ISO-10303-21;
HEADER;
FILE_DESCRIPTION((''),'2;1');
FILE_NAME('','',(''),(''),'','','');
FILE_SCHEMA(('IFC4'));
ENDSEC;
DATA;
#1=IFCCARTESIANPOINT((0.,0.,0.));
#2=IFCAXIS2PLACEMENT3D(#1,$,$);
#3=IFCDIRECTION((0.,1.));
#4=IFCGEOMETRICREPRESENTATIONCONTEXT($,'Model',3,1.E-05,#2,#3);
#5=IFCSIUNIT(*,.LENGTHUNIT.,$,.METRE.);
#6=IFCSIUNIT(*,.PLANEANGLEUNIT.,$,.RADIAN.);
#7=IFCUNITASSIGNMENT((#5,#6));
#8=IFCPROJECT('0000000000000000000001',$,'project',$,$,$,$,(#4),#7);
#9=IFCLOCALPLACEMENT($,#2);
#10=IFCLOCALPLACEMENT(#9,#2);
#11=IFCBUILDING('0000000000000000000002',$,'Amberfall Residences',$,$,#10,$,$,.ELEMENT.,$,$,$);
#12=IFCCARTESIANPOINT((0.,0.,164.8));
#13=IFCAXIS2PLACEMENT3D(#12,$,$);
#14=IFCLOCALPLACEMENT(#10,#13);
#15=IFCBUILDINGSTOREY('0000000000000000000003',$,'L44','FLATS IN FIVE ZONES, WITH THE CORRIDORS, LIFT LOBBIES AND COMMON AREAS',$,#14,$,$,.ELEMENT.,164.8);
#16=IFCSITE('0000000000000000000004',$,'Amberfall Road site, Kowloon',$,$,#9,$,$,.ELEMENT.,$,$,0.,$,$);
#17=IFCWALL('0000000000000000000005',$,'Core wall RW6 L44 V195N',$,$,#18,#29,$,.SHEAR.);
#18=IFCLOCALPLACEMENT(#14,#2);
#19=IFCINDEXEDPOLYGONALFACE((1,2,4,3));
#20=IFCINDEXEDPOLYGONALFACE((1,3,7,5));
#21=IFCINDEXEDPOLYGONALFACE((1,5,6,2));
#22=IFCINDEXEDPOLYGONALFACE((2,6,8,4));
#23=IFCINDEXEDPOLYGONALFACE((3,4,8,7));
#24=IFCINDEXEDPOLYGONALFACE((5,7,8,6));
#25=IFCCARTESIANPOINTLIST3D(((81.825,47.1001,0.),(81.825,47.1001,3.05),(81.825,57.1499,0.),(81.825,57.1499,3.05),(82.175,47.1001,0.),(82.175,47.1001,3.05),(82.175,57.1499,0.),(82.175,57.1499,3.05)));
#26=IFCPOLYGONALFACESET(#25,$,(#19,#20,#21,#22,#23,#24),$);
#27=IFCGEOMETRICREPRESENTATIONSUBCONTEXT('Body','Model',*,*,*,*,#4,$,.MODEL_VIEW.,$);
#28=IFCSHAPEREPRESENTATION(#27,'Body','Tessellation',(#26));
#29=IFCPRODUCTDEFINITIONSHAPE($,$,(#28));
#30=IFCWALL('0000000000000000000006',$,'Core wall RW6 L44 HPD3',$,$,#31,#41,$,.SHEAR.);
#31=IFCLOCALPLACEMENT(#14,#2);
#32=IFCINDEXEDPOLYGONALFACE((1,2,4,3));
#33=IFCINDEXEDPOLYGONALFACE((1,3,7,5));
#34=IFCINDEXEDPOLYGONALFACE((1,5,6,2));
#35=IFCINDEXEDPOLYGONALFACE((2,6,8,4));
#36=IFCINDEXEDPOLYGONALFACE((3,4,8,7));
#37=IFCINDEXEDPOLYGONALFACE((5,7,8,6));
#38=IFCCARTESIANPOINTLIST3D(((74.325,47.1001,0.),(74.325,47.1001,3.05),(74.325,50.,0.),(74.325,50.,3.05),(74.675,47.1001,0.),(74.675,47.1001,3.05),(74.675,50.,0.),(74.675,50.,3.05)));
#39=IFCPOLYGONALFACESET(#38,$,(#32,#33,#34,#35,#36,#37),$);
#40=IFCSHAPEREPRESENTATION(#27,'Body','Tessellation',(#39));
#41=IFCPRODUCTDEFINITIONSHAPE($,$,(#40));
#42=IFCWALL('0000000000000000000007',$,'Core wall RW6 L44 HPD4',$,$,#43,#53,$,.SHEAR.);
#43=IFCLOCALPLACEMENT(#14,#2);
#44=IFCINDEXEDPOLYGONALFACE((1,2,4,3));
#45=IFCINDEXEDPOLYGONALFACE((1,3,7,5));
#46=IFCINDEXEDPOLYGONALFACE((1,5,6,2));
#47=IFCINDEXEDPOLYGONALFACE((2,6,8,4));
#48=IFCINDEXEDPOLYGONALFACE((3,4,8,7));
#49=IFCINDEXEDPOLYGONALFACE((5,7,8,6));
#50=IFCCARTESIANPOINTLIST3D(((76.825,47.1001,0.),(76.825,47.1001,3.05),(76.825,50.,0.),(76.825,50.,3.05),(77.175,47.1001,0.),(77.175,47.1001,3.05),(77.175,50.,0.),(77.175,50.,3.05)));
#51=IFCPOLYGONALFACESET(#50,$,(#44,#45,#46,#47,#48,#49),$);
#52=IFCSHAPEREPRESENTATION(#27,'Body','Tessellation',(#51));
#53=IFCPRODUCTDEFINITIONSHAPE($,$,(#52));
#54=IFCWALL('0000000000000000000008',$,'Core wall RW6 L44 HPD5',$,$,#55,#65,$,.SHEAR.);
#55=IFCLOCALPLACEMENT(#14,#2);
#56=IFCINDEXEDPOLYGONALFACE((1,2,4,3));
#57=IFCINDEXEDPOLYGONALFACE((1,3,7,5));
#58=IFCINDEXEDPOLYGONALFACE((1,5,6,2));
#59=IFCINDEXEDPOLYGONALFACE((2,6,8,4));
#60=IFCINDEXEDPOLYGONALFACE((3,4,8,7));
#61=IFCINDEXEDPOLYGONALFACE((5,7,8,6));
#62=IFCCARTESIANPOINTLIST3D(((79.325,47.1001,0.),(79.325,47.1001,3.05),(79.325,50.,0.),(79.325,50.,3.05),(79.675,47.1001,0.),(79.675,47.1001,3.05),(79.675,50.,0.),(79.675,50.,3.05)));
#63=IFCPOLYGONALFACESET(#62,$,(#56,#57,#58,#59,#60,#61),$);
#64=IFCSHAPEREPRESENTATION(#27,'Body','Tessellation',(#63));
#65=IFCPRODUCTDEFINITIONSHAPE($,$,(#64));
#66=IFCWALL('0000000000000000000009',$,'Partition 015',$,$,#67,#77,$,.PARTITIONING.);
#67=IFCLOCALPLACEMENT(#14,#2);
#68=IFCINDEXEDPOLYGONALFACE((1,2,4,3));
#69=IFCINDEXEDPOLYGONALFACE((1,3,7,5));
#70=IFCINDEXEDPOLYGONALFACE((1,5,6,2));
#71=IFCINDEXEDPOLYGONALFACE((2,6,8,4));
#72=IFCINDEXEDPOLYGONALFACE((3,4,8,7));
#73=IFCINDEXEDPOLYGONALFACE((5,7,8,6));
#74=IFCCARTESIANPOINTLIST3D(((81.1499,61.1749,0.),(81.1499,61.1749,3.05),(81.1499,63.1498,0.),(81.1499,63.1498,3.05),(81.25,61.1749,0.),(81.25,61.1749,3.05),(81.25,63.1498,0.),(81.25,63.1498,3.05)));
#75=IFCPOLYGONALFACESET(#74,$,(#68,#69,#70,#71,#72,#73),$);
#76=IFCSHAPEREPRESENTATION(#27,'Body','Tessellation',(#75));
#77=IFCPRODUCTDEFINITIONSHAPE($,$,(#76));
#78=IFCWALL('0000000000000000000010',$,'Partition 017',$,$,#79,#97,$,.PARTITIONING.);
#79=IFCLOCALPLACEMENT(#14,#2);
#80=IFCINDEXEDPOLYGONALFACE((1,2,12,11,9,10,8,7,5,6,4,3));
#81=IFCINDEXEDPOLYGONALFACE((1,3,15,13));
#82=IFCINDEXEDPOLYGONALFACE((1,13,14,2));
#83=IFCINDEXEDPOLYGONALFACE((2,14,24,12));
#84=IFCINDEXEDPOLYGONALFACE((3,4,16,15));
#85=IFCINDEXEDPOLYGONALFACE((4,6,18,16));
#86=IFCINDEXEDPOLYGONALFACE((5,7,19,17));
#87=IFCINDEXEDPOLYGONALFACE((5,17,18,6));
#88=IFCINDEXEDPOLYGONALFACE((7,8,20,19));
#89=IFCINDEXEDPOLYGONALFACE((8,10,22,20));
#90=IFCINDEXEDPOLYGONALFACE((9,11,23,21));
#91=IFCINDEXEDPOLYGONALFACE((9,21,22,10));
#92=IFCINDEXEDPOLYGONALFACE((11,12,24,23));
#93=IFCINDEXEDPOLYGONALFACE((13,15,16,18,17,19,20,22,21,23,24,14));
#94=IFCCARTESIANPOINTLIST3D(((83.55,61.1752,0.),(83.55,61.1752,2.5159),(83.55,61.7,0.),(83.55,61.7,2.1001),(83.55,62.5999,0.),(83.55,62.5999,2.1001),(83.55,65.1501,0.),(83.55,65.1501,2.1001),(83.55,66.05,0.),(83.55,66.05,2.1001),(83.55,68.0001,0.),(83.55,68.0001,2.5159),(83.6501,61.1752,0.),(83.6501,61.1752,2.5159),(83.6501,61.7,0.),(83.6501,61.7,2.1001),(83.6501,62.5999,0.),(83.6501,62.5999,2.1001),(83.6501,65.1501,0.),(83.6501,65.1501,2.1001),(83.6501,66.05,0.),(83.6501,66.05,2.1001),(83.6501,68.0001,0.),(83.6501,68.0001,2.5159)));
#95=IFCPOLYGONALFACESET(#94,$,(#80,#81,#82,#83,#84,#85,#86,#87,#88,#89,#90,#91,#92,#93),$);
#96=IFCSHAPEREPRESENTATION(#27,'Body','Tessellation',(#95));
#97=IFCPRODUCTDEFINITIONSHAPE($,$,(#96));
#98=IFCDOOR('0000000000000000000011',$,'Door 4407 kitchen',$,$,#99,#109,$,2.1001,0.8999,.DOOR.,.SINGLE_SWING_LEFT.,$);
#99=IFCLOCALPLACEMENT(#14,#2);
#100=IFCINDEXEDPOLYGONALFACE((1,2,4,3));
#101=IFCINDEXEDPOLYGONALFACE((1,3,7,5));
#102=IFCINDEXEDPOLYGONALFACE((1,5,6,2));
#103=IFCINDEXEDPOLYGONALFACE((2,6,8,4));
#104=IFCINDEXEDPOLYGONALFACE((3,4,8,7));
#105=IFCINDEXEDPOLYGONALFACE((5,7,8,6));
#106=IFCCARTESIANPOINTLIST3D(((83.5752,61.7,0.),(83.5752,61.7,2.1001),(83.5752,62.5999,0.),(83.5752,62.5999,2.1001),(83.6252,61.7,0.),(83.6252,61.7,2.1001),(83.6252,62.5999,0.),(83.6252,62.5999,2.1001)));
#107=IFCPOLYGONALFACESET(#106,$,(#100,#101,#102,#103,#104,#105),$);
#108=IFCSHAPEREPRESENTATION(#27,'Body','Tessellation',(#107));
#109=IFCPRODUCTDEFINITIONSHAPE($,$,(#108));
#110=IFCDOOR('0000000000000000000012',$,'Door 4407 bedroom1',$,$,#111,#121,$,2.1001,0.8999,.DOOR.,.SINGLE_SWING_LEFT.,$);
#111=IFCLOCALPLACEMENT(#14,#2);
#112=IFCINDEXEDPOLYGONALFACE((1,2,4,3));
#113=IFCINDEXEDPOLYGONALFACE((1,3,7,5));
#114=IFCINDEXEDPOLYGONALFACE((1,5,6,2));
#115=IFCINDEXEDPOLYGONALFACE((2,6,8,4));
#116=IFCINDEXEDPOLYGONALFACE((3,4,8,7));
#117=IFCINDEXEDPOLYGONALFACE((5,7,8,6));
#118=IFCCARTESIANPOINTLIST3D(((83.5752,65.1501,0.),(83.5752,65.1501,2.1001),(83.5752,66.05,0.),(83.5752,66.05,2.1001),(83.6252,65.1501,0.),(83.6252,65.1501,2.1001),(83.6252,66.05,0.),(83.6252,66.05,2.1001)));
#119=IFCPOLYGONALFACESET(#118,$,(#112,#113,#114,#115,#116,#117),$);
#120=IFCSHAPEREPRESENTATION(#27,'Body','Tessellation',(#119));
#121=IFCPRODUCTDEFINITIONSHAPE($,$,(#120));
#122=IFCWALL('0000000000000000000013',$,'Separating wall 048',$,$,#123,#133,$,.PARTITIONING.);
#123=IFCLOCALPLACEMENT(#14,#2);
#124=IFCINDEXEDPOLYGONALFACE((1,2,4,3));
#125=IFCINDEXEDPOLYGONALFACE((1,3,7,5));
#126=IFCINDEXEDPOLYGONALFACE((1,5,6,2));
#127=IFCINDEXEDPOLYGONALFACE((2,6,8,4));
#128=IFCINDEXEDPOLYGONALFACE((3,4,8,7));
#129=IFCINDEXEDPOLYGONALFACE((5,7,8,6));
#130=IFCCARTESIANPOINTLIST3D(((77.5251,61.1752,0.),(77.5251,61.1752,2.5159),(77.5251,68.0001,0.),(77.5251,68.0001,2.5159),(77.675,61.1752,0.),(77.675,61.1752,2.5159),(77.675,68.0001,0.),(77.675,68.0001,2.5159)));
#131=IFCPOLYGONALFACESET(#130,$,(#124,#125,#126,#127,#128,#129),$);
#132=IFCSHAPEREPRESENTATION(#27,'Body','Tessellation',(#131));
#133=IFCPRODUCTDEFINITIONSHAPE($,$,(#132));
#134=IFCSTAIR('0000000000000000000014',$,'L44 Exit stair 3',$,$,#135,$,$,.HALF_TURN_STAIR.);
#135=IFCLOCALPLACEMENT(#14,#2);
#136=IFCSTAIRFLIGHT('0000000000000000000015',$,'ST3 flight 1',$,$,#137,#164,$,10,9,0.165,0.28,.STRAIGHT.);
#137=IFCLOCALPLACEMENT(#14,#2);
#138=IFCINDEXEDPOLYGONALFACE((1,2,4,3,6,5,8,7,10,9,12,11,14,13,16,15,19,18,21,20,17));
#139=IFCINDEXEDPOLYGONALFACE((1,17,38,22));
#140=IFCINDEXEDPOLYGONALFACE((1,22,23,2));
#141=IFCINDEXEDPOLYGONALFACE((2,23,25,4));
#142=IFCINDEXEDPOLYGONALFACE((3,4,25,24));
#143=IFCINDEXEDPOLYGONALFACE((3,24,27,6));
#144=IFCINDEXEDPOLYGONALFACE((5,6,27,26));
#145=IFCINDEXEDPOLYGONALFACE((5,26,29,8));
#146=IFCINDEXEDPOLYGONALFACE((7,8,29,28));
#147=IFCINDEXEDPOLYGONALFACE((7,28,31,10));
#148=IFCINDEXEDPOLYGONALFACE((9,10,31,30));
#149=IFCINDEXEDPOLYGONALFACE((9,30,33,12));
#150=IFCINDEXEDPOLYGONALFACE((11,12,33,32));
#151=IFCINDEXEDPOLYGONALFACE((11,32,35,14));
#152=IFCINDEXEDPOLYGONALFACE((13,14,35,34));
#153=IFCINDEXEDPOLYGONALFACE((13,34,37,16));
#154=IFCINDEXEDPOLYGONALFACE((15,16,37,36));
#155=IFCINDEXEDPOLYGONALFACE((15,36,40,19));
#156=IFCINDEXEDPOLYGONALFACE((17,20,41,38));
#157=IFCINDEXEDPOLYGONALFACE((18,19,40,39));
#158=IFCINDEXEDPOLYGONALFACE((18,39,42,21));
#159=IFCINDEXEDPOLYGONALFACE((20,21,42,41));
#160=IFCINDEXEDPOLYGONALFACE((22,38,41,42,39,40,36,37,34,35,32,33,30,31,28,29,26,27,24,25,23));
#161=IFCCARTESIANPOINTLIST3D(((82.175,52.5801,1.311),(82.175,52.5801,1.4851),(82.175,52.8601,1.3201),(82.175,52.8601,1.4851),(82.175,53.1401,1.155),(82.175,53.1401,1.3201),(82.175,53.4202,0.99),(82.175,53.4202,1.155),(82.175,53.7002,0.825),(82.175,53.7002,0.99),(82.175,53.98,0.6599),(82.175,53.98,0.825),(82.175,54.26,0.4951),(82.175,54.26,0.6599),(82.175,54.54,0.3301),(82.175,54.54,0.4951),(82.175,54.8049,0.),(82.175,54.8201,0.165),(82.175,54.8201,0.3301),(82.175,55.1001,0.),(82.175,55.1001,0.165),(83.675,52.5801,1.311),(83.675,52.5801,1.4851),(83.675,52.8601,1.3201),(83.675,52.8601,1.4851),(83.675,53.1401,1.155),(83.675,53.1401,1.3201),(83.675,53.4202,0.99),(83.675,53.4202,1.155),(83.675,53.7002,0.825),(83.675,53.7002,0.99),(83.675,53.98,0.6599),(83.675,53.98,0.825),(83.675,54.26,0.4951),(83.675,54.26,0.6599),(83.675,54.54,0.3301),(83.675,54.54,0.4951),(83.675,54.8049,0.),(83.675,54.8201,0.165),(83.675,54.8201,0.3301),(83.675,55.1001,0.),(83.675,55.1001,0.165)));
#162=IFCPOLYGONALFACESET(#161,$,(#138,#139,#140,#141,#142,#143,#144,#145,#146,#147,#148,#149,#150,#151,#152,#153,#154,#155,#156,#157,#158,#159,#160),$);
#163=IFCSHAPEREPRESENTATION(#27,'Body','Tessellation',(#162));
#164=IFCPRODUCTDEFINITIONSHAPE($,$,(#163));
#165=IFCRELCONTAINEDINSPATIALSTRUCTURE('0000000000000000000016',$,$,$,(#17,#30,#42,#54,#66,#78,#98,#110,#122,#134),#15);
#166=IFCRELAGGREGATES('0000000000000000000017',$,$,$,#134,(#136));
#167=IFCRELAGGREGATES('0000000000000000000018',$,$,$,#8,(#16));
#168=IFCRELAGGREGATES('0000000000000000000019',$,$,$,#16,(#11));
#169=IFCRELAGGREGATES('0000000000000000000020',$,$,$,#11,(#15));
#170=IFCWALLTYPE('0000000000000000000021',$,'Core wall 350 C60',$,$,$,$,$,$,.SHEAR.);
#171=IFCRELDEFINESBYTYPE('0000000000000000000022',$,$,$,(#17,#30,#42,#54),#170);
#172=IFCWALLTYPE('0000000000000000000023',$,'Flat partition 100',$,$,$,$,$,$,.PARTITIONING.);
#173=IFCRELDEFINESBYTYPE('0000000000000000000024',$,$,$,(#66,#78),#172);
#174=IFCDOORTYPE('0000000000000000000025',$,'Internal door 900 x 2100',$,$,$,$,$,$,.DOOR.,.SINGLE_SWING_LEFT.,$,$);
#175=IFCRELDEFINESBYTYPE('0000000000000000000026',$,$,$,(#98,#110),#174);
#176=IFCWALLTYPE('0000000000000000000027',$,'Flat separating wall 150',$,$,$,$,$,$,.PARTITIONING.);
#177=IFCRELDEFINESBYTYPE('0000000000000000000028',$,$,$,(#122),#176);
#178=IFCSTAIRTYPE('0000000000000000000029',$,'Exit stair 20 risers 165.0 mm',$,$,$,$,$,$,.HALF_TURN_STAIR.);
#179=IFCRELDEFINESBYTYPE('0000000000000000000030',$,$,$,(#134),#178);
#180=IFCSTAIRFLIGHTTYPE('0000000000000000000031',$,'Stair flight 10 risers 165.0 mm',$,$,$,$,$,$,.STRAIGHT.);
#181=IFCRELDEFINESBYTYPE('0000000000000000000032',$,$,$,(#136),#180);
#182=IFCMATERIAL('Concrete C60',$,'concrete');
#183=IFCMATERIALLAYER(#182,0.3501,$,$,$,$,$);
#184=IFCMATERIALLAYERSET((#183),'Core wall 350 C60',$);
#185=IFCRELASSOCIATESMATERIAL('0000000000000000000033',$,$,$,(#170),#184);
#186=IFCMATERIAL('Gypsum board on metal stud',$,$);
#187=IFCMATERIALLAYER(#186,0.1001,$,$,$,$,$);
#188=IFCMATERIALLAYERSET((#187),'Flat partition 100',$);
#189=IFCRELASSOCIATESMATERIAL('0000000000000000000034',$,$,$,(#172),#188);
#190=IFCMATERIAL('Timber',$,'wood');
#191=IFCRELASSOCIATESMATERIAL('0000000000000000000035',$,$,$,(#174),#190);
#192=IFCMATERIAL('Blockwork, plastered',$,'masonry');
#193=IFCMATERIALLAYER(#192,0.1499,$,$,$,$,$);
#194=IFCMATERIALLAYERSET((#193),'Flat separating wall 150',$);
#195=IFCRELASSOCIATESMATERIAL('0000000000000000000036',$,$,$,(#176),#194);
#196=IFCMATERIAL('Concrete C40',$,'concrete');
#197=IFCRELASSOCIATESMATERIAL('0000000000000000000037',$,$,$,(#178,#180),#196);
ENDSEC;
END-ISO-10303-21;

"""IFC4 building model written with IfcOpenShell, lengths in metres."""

from ifc_helpers import new_model, si_unit, direction, frame, frame_2d, origin, place, context, subcontext, project, spatial, polyline, rectangle, outline, extrude, material, layer, layer_set, type_object, element, fill, aggregate, save


model = new_model("IFC4")

# Units and contexts
model_context = context("Model", 3, precision=1e-05, world=origin(), true_north=direction((0.0, 1.0)))
body_context = subcontext(model_context, "Body", "Model", "MODEL_VIEW")
ifc_project = project(units=[si_unit("LENGTHUNIT", "METRE"), si_unit("PLANEANGLEUNIT", "RADIAN")], contexts=[model_context])

# Site, building, storey
site_placement = place(None, origin())
site = spatial("IfcSite", under=ifc_project, at=site_placement, Name="Amberfall Road site, Kowloon", CompositionType="ELEMENT", RefElevation=0.0)
building_placement = place(site_placement, origin())
building = spatial("IfcBuilding", under=site, at=building_placement, Name="Amberfall Residences", CompositionType="ELEMENT")
storey_placement = place(building_placement, frame((0.0, 0.0, 164.8)))
storey = spatial("IfcBuildingStorey", under=building, at=storey_placement, Name="L44", Description="FLATS IN FIVE ZONES, WITH THE CORRIDORS, LIFT LOBBIES AND COMMON AREAS", CompositionType="ELEMENT", Elevation=164.8)

# Walls
ifc_material_1 = material(Name="Concrete C60", Category="concrete")
ifc_layer_1 = layer(ifc_material_1, 0.3501)
ifc_layer_set_1 = layer_set([ifc_layer_1], Name="Core wall 350 C60")
wall_type_1 = type_object("IfcWallType", Name="Core wall 350 C60", PredefinedType="SHEAR", material=ifc_layer_set_1)
wall_1_placement = place(storey_placement, frame((82.0, 47.1001, 0.0), z_axis=(0.0, 0.0, 1.0), x_axis=(0.0, 1.0, 0.0)))
element("IfcWall", 1, at=wall_1_placement, inside=storey, type_object=wall_type_1, Name="Core wall RW6 L44 V195N", PredefinedType="SHEAR", context=body_context, shape_type="SweptSolid", body=[
    extrude(rectangle(XDim=10.0498, YDim=0.3501, at=frame_2d((5.0249, 0.0))), origin(), (0.0, 0.0, 1.0), 3.05),
])
for number, where, z_axis, x_axis, name in (
    (2, (74.5, 47.1001, 0.0), (0.0, 0.0, 1.0), (0.0, 1.0, 0.0), "Core wall RW6 L44 HPD3"),
    (3, (77.0, 47.1001, 0.0), (0.0, 0.0, 1.0), (0.0, 1.0, 0.0), "Core wall RW6 L44 HPD4"),
    (4, (79.5, 47.1001, 0.0), (0.0, 0.0, 1.0), (0.0, 1.0, 0.0), "Core wall RW6 L44 HPD5"),
):
    element("IfcWall", number, at=place(storey_placement, frame(where, z_axis=z_axis, x_axis=x_axis)), inside=storey, type_object=wall_type_1, Name=name, PredefinedType="SHEAR", context=body_context, shape_type="SweptSolid", body=[
        extrude(rectangle(XDim=2.8999, YDim=0.3501, at=frame_2d((1.45, 0.0))), origin(), (0.0, 0.0, 1.0), 3.05),
    ])
ifc_material_2 = material(Name="Gypsum board on metal stud")
ifc_layer_2 = layer(ifc_material_2, 0.1001)
ifc_layer_set_2 = layer_set([ifc_layer_2], Name="Flat partition 100")
wall_type_2 = type_object("IfcWallType", Name="Flat partition 100", PredefinedType="PARTITIONING", material=ifc_layer_set_2)
wall_2_placement = place(storey_placement, frame((81.2, 61.175, 0.0), z_axis=(0.0, 0.0, 1.0), x_axis=(0.0, 1.0, 0.0)))
element("IfcWall", 5, at=wall_2_placement, inside=storey, type_object=wall_type_2, Name="Partition 015", PredefinedType="PARTITIONING", context=body_context, shape_type="SweptSolid", body=[
    extrude(rectangle(XDim=1.9749, YDim=0.1001, at=frame_2d((0.9873, 0.0))), origin(), (0.0, 0.0, 1.0), 3.05),
])

# Wall, openings, doors
wall_3_placement = place(storey_placement, frame((83.6001, 61.175, 0.0), z_axis=(0.0, 0.0, 1.0), x_axis=(0.0, 1.0, 0.0)))
wall_3 = element("IfcWall", 6, at=wall_3_placement, inside=storey, type_object=wall_type_2, Name="Partition 017", PredefinedType="PARTITIONING", context=body_context, shape_type="SweptSolid", body=[
    extrude(rectangle(XDim=6.825, YDim=0.1001, at=frame_2d((3.4126, 0.0))), origin(), (0.0, 0.0, 1.0), 2.5159),
])
opening_1_placement = place(wall_3_placement, frame((0.5249, 0.0, 0.0)))
opening_1 = element("IfcOpeningElement", 7, at=opening_1_placement, cuts=wall_3, PredefinedType="OPENING", context=body_context, shape_type="SweptSolid", body=[
    extrude(rectangle(XDim=0.8999, YDim=2.1001, at=frame_2d((0.45, 1.05))), frame((0.0, 0.0601, 0.0), z_axis=(0.0, -1.0, 0.0), x_axis=(1.0, 0.0, 0.0)), (0.0, 0.0, 1.0), 0.1201),
])
opening_2_placement = place(wall_3_placement, frame((3.9751, 0.0, 0.0)))
opening_2 = element("IfcOpeningElement", 8, at=opening_2_placement, cuts=wall_3, PredefinedType="OPENING", context=body_context, shape_type="SweptSolid", body=[
    extrude(rectangle(XDim=0.8999, YDim=2.1001, at=frame_2d((0.45, 1.05))), frame((0.0, 0.0601, 0.0), z_axis=(0.0, -1.0, 0.0), x_axis=(1.0, 0.0, 0.0)), (0.0, 0.0, 1.0), 0.1201),
])
ifc_material_3 = material(Name="Timber", Category="wood")
door_type = type_object("IfcDoorType", Name="Internal door 900 x 2100", OperationType="SINGLE_SWING_LEFT", PredefinedType="DOOR", material=ifc_material_3)
door_1_placement = place(opening_1_placement, origin())
door_1 = element("IfcDoor", 9, at=door_1_placement, inside=storey, type_object=door_type, Name="Door 4407 kitchen", OperationType="SINGLE_SWING_LEFT", OverallHeight=2.1001, OverallWidth=0.8999, PredefinedType="DOOR", context=body_context, shape_type="SweptSolid", body=[
    extrude(rectangle(XDim=0.8999, YDim=2.1001, at=frame_2d((0.45, 1.05))), frame((0.0, 0.0249, 0.0), z_axis=(0.0, -1.0, 0.0), x_axis=(1.0, 0.0, 0.0)), (0.0, 0.0, 1.0), 0.05),
])
fill(opening_1, door_1)
door_2_placement = place(opening_2_placement, origin())
door_2 = element("IfcDoor", 10, at=door_2_placement, inside=storey, type_object=door_type, Name="Door 4407 bedroom1", OperationType="SINGLE_SWING_LEFT", OverallHeight=2.1001, OverallWidth=0.8999, PredefinedType="DOOR", context=body_context, shape_type="SweptSolid", body=[
    extrude(rectangle(XDim=0.8999, YDim=2.1001, at=frame_2d((0.45, 1.05))), frame((0.0, 0.0249, 0.0), z_axis=(0.0, -1.0, 0.0), x_axis=(1.0, 0.0, 0.0)), (0.0, 0.0, 1.0), 0.05),
])
fill(opening_2, door_2)

# Wall
ifc_material_4 = material(Name="Blockwork, plastered", Category="masonry")
ifc_layer_3 = layer(ifc_material_4, 0.1499)
ifc_layer_set_3 = layer_set([ifc_layer_3], Name="Flat separating wall 150")
wall_type_3 = type_object("IfcWallType", Name="Flat separating wall 150", PredefinedType="PARTITIONING", material=ifc_layer_set_3)
wall_4_placement = place(storey_placement, frame((77.6001, 61.175, 0.0), z_axis=(0.0, 0.0, 1.0), x_axis=(0.0, 1.0, 0.0)))
element("IfcWall", 11, at=wall_4_placement, inside=storey, type_object=wall_type_3, Name="Separating wall 048", PredefinedType="PARTITIONING", context=body_context, shape_type="SweptSolid", body=[
    extrude(rectangle(XDim=6.825, YDim=0.1499, at=frame_2d((3.4126, 0.0))), origin(), (0.0, 0.0, 1.0), 2.5159),
])

# Stair, stair flight
ifc_material_5 = material(Name="Concrete C40", Category="concrete")
stair_type = type_object("IfcStairType", Name="Exit stair 20 risers 165.0 mm", PredefinedType="HALF_TURN_STAIR", material=ifc_material_5)
stair_placement = place(storey_placement, origin())
stair = element("IfcStair", 12, at=stair_placement, inside=storey, type_object=stair_type, Name="L44 Exit stair 3", PredefinedType="HALF_TURN_STAIR")
stair_flight_type = type_object("IfcStairFlightType", Name="Stair flight 10 risers 165.0 mm", PredefinedType="STRAIGHT", material=ifc_material_5)
stair_flight_1_placement = place(storey_placement, frame((82.925, 55.1001, 0.0), z_axis=(0.0, 0.0, 1.0), x_axis=(0.0, -1.0, 0.0)))
stair_flight_1 = element("IfcStairFlight", 13, at=stair_flight_1_placement, type_object=stair_flight_type, Name="ST3 flight 1", NumberOfRisers=10, NumberOfTreads=9, PredefinedType="STRAIGHT", RiserHeight=0.165, TreadLength=0.28, context=body_context, shape_type="SweptSolid", body=[
    extrude(outline(polyline([(0.0, 0.0), (0.0, 0.165), (0.28, 0.165), (0.28, 0.3301), (0.5601, 0.3301), (0.5601, 0.4951), (0.8401, 0.4951), (0.8401, 0.6599), (1.1201, 0.6599), (1.1201, 0.825), (1.3999, 0.825), (1.3999, 0.99), (1.6799, 0.99), (1.6799, 1.155), (1.96, 1.155), (1.96, 1.3201), (2.24, 1.3201), (2.24, 1.4851), (2.52, 1.4851), (2.52, 1.6499), (2.52, 1.311), (0.2952, 0.0), (0.0, 0.0)])), frame((0.0, 0.75, 0.0), z_axis=(0.0, -1.0, 0.0), x_axis=(1.0, 0.0, 0.0)), (0.0, 0.0, 1.0), 1.5),
])
aggregate(stair, [stair_flight_1])

save(model, "model.ifc")
